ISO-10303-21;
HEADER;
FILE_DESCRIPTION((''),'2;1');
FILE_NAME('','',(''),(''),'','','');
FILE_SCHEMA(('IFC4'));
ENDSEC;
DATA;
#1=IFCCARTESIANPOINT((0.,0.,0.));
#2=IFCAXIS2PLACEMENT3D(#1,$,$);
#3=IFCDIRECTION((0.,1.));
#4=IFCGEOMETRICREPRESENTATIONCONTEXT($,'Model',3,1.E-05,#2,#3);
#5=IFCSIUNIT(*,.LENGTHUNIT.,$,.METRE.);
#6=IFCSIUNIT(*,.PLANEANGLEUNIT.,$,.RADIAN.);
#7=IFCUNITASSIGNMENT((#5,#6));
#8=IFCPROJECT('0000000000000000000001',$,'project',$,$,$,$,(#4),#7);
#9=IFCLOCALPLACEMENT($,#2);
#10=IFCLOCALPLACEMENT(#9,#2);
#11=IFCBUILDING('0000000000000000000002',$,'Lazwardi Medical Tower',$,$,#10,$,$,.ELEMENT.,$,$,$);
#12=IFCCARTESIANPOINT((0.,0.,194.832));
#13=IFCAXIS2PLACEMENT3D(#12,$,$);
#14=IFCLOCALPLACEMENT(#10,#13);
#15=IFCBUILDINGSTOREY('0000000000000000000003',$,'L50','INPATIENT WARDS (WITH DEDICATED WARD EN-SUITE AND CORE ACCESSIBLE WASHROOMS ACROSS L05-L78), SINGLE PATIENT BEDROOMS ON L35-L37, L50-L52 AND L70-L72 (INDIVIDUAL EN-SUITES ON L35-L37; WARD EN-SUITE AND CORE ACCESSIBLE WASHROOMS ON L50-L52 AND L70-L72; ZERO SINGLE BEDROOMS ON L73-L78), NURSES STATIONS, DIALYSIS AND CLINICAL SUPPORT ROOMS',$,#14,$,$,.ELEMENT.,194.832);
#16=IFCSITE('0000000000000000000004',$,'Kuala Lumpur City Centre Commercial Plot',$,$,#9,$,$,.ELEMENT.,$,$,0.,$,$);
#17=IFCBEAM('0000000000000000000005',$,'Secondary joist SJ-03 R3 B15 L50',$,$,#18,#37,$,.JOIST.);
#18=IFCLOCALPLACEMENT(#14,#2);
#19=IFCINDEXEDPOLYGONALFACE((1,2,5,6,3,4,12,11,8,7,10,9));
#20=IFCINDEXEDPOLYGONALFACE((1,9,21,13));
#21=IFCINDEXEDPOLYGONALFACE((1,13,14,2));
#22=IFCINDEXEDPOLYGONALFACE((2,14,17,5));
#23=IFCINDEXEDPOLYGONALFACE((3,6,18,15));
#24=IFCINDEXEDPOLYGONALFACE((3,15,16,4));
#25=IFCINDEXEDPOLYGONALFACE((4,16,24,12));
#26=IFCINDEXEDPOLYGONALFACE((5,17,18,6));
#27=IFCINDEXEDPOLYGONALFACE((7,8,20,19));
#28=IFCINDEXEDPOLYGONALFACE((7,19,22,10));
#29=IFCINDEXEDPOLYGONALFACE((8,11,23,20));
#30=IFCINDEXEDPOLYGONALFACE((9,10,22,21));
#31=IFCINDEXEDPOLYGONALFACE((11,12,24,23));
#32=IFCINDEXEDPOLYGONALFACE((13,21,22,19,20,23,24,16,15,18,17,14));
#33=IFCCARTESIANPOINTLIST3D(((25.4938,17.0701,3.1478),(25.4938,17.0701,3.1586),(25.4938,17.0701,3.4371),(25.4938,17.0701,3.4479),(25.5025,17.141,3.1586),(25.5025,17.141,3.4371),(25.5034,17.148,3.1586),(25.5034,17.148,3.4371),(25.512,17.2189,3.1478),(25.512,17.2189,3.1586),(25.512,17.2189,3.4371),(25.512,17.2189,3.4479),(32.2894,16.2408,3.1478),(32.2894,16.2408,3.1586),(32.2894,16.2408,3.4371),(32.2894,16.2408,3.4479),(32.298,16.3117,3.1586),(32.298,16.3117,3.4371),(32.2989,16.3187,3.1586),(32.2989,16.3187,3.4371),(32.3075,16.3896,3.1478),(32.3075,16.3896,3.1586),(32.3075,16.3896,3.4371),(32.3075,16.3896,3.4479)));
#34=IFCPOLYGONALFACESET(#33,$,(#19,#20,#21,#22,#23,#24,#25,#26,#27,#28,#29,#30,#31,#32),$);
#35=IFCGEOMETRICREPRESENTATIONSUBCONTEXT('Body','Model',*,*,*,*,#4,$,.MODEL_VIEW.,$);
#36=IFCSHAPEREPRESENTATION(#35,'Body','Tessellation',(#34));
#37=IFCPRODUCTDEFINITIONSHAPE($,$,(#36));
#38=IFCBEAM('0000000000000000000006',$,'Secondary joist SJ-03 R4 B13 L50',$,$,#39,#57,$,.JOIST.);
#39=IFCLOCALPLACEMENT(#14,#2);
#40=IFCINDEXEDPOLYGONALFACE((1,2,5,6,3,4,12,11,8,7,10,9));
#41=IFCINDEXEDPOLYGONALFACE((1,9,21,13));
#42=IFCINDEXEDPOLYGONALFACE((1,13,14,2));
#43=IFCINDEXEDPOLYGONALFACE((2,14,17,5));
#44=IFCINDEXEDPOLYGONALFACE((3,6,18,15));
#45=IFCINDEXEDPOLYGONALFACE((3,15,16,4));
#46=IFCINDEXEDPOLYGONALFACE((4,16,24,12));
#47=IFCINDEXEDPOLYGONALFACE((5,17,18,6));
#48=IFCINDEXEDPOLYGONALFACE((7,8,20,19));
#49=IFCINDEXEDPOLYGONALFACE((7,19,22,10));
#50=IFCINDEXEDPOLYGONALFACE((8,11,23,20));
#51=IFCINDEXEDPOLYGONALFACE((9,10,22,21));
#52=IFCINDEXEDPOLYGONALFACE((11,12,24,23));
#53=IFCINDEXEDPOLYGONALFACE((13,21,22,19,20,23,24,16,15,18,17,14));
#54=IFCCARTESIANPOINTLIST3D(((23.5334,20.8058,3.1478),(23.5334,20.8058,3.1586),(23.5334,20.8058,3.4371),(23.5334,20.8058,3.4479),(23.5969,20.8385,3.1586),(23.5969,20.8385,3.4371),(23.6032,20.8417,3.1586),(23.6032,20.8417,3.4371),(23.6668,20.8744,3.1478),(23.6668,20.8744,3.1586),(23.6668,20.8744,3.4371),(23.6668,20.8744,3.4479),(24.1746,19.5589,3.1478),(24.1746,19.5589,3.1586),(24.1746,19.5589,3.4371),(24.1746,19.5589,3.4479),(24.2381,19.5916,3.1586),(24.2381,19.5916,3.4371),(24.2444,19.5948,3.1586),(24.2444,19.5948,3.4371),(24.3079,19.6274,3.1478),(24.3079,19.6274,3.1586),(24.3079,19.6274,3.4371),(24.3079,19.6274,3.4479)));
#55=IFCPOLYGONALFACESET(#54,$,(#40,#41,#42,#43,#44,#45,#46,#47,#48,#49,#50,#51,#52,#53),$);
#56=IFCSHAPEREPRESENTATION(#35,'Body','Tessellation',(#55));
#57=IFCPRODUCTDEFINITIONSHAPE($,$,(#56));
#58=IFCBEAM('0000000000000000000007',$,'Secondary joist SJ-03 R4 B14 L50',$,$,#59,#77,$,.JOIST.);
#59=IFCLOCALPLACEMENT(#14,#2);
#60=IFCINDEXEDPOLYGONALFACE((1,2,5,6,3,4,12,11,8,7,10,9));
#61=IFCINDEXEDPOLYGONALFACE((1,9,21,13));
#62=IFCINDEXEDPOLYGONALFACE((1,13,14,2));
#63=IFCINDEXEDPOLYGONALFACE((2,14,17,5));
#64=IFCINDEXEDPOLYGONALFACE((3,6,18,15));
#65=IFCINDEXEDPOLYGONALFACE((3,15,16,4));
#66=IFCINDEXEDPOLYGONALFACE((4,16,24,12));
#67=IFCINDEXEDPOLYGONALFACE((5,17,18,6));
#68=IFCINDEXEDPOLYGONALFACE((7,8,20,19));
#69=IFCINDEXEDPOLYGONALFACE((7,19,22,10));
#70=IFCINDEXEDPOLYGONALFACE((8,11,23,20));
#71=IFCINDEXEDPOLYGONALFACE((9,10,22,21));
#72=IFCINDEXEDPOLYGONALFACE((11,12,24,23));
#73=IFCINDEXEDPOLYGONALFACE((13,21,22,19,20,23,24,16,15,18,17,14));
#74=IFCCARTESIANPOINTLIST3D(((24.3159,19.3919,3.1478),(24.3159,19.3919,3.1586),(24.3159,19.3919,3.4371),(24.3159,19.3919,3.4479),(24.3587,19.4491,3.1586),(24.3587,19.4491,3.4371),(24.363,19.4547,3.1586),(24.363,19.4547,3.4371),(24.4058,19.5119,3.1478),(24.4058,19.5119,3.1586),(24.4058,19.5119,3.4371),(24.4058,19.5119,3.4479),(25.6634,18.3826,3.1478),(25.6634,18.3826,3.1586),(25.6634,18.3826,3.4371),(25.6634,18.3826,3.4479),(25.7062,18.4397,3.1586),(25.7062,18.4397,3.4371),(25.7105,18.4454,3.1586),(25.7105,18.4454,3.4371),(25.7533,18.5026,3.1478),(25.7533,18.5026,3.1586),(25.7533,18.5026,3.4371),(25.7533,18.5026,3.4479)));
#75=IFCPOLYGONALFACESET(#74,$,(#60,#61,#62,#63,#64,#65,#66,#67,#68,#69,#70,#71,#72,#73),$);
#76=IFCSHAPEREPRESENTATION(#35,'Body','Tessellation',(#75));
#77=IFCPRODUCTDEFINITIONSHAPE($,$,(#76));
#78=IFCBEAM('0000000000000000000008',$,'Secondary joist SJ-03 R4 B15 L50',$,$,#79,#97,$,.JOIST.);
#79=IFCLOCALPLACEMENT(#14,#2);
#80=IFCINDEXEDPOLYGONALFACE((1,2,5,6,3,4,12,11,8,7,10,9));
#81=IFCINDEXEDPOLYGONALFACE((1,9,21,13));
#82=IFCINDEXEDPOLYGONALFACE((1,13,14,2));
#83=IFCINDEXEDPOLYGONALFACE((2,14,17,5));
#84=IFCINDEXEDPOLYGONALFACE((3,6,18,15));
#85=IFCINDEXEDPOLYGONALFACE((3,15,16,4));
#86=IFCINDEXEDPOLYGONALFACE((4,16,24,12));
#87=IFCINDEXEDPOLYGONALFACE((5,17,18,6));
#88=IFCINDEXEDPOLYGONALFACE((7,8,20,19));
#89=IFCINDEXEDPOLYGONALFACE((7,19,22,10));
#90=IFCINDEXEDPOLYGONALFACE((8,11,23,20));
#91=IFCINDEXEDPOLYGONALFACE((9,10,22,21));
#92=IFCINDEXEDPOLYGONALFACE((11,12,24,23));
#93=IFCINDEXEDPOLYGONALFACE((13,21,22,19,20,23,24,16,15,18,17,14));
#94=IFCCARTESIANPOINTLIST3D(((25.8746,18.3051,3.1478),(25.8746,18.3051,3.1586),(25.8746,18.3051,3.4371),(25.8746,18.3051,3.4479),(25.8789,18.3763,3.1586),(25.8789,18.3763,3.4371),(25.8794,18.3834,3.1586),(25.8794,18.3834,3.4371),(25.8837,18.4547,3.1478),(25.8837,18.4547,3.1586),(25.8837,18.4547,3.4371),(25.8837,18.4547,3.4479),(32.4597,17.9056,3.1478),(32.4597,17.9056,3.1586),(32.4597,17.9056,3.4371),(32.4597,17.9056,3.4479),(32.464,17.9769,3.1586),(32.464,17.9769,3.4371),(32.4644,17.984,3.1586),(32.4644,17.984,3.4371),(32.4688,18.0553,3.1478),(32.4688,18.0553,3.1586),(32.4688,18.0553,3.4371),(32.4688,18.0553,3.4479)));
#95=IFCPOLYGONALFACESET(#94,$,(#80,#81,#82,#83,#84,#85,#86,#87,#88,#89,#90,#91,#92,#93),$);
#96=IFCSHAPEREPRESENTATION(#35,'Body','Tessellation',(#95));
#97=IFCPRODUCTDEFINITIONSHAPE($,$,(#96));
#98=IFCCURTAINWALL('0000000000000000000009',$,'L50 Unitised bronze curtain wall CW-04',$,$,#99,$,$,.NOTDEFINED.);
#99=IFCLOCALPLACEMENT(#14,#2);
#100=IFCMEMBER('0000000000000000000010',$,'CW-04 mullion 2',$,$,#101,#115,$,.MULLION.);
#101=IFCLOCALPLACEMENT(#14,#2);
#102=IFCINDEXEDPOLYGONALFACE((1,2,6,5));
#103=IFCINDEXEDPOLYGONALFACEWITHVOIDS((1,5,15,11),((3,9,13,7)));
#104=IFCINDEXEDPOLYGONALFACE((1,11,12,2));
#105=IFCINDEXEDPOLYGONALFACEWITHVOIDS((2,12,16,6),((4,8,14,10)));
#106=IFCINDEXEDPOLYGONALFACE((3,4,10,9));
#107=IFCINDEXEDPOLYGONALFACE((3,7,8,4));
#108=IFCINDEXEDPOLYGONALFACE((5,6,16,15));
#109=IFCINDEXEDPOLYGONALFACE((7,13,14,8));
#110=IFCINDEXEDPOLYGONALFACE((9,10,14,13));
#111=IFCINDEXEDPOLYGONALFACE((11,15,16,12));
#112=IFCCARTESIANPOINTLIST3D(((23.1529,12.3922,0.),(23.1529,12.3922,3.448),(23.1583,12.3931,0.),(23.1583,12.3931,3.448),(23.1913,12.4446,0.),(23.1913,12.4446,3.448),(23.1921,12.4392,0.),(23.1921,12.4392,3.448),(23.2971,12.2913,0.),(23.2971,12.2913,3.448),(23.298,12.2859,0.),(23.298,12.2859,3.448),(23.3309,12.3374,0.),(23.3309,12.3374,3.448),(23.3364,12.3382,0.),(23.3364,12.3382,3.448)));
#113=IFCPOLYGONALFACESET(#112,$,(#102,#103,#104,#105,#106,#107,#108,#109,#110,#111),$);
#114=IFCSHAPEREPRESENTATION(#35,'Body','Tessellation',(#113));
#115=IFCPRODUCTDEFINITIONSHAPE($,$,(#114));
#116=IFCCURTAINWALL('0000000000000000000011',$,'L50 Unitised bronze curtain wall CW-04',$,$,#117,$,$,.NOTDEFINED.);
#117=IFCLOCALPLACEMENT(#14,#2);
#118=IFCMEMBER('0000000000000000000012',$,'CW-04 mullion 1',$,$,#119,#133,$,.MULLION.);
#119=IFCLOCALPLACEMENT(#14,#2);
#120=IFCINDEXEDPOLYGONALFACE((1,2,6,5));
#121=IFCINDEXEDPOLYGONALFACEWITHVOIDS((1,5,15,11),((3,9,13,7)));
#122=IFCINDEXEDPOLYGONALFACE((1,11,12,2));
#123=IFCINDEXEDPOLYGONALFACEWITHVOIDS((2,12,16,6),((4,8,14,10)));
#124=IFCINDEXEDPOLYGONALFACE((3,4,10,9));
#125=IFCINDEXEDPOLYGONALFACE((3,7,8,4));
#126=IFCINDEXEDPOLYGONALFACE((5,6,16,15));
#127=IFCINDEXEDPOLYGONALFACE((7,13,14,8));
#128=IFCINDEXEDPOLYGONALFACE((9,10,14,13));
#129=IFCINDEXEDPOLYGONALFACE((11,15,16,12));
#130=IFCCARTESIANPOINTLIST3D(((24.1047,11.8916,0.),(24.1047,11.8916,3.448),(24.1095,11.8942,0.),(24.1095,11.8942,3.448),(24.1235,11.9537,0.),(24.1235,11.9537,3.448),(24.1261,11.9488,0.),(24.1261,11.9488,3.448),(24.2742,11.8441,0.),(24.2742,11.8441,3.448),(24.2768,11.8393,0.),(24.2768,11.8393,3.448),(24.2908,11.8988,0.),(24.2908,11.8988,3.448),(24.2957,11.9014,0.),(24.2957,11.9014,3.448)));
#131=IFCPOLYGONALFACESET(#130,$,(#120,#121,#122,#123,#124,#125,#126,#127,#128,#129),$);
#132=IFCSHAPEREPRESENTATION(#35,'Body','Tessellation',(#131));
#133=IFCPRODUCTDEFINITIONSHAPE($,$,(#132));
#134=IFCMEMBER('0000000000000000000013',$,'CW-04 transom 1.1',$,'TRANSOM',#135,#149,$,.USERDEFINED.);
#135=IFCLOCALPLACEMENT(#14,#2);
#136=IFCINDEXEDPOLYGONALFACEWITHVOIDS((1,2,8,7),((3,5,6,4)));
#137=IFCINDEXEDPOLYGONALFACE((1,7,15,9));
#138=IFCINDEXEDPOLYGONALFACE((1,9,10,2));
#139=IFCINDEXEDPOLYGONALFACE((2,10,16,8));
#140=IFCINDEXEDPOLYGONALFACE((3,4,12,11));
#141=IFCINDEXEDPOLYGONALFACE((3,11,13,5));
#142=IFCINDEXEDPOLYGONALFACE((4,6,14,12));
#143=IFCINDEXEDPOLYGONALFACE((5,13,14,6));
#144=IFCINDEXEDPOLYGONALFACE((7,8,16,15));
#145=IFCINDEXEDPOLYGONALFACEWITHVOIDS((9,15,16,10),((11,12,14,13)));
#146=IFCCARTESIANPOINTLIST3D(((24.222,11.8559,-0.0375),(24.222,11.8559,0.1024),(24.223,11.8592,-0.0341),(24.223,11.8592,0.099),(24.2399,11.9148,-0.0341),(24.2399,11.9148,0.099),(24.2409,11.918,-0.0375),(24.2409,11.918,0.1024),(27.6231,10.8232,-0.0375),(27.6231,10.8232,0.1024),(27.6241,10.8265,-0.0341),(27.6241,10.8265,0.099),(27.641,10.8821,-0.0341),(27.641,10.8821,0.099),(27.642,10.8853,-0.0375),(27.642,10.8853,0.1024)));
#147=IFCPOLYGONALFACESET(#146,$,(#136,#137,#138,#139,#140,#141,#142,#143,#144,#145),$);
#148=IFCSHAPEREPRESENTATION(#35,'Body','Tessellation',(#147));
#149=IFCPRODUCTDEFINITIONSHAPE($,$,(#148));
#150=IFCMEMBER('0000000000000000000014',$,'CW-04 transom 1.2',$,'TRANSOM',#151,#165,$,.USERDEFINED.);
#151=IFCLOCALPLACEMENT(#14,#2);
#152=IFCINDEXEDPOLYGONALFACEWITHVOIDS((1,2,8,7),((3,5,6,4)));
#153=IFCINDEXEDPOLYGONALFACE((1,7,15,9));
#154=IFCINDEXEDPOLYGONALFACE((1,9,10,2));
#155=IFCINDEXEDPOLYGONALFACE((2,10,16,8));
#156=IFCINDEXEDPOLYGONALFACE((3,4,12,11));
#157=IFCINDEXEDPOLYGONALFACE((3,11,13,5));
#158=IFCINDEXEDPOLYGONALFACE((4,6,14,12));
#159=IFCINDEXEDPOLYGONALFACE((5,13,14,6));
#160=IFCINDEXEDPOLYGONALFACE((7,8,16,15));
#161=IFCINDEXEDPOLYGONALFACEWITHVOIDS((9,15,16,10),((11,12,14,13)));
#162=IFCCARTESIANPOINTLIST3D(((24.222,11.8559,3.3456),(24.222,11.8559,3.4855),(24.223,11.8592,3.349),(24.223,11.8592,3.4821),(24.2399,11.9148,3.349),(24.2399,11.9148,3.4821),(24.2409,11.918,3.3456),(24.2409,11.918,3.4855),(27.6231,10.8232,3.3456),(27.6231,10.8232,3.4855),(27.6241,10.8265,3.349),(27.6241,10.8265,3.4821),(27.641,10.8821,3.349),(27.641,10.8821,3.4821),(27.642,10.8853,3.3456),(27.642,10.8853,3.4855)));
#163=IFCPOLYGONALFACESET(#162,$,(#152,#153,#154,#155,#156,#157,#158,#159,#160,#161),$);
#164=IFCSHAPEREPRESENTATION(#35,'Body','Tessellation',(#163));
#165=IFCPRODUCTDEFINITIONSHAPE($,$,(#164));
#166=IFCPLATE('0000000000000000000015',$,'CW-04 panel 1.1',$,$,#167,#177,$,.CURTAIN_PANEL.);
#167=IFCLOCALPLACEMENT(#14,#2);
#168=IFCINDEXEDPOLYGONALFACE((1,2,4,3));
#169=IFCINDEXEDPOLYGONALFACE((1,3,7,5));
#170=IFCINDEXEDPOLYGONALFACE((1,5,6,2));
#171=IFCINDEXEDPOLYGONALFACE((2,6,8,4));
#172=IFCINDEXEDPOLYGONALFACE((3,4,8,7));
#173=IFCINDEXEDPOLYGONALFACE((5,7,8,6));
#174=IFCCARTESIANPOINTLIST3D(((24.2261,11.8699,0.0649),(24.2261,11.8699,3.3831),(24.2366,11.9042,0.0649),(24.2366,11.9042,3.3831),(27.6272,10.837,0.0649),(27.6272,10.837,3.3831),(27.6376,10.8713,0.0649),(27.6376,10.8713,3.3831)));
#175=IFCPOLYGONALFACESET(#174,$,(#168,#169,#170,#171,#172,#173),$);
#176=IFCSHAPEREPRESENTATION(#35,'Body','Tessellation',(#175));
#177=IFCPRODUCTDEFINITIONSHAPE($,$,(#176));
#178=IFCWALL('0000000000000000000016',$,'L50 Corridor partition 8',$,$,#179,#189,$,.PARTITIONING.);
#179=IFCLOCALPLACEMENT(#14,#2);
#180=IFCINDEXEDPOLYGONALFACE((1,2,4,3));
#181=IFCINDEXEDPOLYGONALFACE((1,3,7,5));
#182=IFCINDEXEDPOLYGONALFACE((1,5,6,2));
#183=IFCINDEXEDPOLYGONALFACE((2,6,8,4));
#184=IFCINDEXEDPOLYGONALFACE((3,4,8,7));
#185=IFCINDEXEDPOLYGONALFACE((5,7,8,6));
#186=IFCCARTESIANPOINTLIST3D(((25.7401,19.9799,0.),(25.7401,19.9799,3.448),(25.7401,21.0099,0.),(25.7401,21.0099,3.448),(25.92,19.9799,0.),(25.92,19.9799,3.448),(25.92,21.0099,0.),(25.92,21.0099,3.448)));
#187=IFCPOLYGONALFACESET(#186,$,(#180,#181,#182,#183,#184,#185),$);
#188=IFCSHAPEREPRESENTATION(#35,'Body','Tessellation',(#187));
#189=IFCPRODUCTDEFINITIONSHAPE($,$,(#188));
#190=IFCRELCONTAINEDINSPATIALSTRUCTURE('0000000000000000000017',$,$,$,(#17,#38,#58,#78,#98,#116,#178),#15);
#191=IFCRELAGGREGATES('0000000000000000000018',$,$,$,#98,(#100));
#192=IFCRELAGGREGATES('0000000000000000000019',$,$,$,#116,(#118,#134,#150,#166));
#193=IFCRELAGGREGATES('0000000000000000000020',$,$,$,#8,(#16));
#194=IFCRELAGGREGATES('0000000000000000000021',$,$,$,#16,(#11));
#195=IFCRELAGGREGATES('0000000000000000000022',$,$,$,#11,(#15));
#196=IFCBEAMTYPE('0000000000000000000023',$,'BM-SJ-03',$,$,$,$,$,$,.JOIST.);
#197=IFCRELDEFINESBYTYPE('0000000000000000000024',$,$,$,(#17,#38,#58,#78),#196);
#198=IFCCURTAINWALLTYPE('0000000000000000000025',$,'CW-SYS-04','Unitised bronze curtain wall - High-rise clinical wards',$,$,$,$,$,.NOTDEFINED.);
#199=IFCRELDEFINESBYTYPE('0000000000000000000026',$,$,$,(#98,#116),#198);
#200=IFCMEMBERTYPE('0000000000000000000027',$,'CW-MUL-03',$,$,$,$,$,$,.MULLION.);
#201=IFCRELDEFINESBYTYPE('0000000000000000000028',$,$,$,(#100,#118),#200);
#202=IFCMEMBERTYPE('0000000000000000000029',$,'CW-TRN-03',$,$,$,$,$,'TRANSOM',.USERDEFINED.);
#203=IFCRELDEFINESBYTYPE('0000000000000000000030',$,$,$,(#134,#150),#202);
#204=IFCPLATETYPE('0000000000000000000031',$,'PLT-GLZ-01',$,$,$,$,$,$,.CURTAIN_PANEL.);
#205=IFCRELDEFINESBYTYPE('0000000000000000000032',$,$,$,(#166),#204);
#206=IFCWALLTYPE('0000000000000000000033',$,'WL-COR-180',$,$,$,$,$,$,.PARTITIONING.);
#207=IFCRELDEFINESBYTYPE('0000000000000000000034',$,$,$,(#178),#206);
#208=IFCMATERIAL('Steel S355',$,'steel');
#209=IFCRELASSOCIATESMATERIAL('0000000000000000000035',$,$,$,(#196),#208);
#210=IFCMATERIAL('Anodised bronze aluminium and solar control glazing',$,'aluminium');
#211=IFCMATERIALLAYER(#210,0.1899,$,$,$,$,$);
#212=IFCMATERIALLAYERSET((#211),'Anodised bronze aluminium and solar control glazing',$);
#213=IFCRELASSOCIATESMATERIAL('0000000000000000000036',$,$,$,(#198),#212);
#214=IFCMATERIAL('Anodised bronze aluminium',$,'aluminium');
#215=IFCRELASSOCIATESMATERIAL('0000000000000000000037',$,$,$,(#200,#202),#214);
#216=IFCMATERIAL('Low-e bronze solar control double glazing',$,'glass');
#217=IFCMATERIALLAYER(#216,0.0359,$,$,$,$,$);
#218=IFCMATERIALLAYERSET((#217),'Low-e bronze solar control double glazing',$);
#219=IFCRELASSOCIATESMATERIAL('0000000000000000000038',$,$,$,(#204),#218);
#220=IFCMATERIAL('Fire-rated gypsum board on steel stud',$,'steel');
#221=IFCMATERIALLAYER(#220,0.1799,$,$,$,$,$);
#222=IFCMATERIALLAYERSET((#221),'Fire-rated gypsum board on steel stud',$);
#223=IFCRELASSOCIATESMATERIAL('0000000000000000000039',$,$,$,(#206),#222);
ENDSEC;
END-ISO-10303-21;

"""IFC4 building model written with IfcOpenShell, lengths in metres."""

from ifc_helpers import new_model, si_unit, direction, frame, frame_2d, origin, origin_2d, place, context, subcontext, project, spatial, rectangle, hollow_rectangle, i_section, extrude, material, layer, layer_set, material_profile, profile_set, type_object, element, aggregate, save


model = new_model("IFC4")

# Units and contexts
model_context = context("Model", 3, precision=1e-05, world=origin(), true_north=direction((0.0, 1.0)))
body_context = subcontext(model_context, "Body", "Model", "MODEL_VIEW")
ifc_project = project(units=[si_unit("LENGTHUNIT", "METRE"), si_unit("PLANEANGLEUNIT", "RADIAN")], contexts=[model_context])

# Site, building, storey
site_placement = place(None, origin())
site = spatial("IfcSite", under=ifc_project, at=site_placement, Name="Kuala Lumpur City Centre Commercial Plot", CompositionType="ELEMENT", RefElevation=0.0)
building_placement = place(site_placement, origin())
building = spatial("IfcBuilding", under=site, at=building_placement, Name="Lazwardi Medical Tower", CompositionType="ELEMENT")
storey_placement = place(building_placement, frame((0.0, 0.0, 194.832)))
storey = spatial("IfcBuildingStorey", under=building, at=storey_placement, Name="L50", Description="INPATIENT WARDS (WITH DEDICATED WARD EN-SUITE AND CORE ACCESSIBLE WASHROOMS ACROSS L05-L78), SINGLE PATIENT BEDROOMS ON L35-L37, L50-L52 AND L70-L72 (INDIVIDUAL EN-SUITES ON L35-L37; WARD EN-SUITE AND CORE ACCESSIBLE WASHROOMS ON L50-L52 AND L70-L72; ZERO SINGLE BEDROOMS ON L73-L78), NURSES STATIONS, DIALYSIS AND CLINICAL SUPPORT ROOMS", CompositionType="ELEMENT", Elevation=194.832)

# Beams
ifc_material_1 = material(Name="Steel S355", Category="steel")
ifc_material_profile_1 = material_profile(ifc_material_1, i_section(OverallWidth=0.1499, OverallDepth=0.3, WebThickness=0.0071, FlangeThickness=0.0107, at=origin_2d()), Name="IPE 300")
ifc_profile_set_1 = profile_set([ifc_material_profile_1], Name="Steel S355")
beam_type_1 = type_object("IfcBeamType", Name="BM-SJ-03", PredefinedType="JOIST", material=ifc_profile_set_1)
beam_1_placement = place(storey_placement, frame((25.5029, 17.1445, 3.2979), z_axis=(0.992635, -0.121146, 0.0), x_axis=(0.121146, 0.992635, 0.0)))
element("IfcBeam", 1, at=beam_1_placement, inside=storey, type_object=beam_type_1, Name="Secondary joist SJ-03 R3 B15 L50", PredefinedType="JOIST", context=body_context, shape_type="SweptSolid", body=[
    extrude(i_section(OverallWidth=0.1499, OverallDepth=0.3, WebThickness=0.0071, FlangeThickness=0.0107, at=origin_2d()), origin(), (0.0, 0.0, 1.0), 6.8459),
])
beam_2_placement = place(storey_placement, frame((23.6001, 20.8401, 3.2979), z_axis=(0.457285, -0.88932, 0.0), x_axis=(0.88932, 0.457285, 0.0)))
element("IfcBeam", 2, at=beam_2_placement, inside=storey, type_object=beam_type_1, Name="Secondary joist SJ-03 R4 B13 L50", PredefinedType="JOIST", context=body_context, shape_type="SweptSolid", body=[
    extrude(i_section(OverallWidth=0.1499, OverallDepth=0.3, WebThickness=0.0071, FlangeThickness=0.0107, at=origin_2d()), origin(), (0.0, 0.0, 1.0), 1.4021),
])
beam_3_placement = place(storey_placement, frame((24.3608, 19.4519, 3.2979), z_axis=(0.800365, -0.599513, 0.0), x_axis=(0.599513, 0.800365, 0.0)))
element("IfcBeam", 3, at=beam_3_placement, inside=storey, type_object=beam_type_1, Name="Secondary joist SJ-03 R4 B14 L50", PredefinedType="JOIST", context=body_context, shape_type="SweptSolid", body=[
    extrude(i_section(OverallWidth=0.1499, OverallDepth=0.3, WebThickness=0.0071, FlangeThickness=0.0107, at=origin_2d()), origin(), (0.0, 0.0, 1.0), 1.6836),
])
beam_4_placement = place(storey_placement, frame((25.8792, 18.3799, 3.2979), z_axis=(0.998166, -0.060544, 0.0), x_axis=(0.060544, 0.998166, 0.0)))
element("IfcBeam", 4, at=beam_4_placement, inside=storey, type_object=beam_type_1, Name="Secondary joist SJ-03 R4 B15 L50", PredefinedType="JOIST", context=body_context, shape_type="SweptSolid", body=[
    extrude(i_section(OverallWidth=0.1499, OverallDepth=0.3, WebThickness=0.0071, FlangeThickness=0.0107, at=origin_2d()), origin(), (0.0, 0.0, 1.0), 6.5972),
])

# Curtain wall, member
ifc_material_2 = material(Name="Anodised bronze aluminium and solar control glazing", Category="aluminium")
ifc_layer_1 = layer(ifc_material_2, 0.1899)
ifc_layer_set_1 = layer_set([ifc_layer_1], Name="Anodised bronze aluminium and solar control glazing")
curtain_wall_type = type_object("IfcCurtainWallType", Name="CW-SYS-04", Description="Unitised bronze curtain wall - High-rise clinical wards", PredefinedType="NOTDEFINED", material=ifc_layer_set_1)
curtain_wall_1_placement = place(storey_placement, origin())
curtain_wall_1 = element("IfcCurtainWall", 5, at=curtain_wall_1_placement, inside=storey, type_object=curtain_wall_type, Name="L50 Unitised bronze curtain wall CW-04", PredefinedType="NOTDEFINED")
ifc_material_3 = material(Name="Anodised bronze aluminium", Category="aluminium")
ifc_material_profile_2 = material_profile(ifc_material_3, hollow_rectangle(XDim=0.0649, YDim=0.1799, WallThickness=0.0039, at=origin_2d()), Name="ALU-MULLION 180x65x4")
ifc_profile_set_2 = profile_set([ifc_material_profile_2], Name="Anodised bronze aluminium")
member_type_1 = type_object("IfcMemberType", Name="CW-MUL-03", PredefinedType="MULLION", material=ifc_profile_set_2)
member_1_placement = place(storey_placement, frame((23.2446, 12.3652, 0.0), z_axis=(0.0, 0.0, 1.0), x_axis=(0.591268, 0.806475, 0.0)))
member_1 = element("IfcMember", 6, at=member_1_placement, type_object=member_type_1, Name="CW-04 mullion 2", PredefinedType="MULLION", context=body_context, shape_type="SweptSolid", body=[
    extrude(hollow_rectangle(XDim=0.0649, YDim=0.1799, WallThickness=0.0039, at=origin_2d()), origin(), (0.0, 0.0, 1.0), 3.448),
])
aggregate(curtain_wall_1, [member_1])

# Curtain wall, members, plate
curtain_wall_2_placement = place(storey_placement, origin())
curtain_wall_2 = element("IfcCurtainWall", 7, at=curtain_wall_2_placement, inside=storey, type_object=curtain_wall_type, Name="L50 Unitised bronze curtain wall CW-04", PredefinedType="NOTDEFINED")
member_2_placement = place(storey_placement, frame((24.2002, 11.8965, 0.0), z_axis=(0.0, 0.0, 1.0), x_axis=(0.290582, 0.95685, 0.0)))
member_2 = element("IfcMember", 8, at=member_2_placement, type_object=member_type_1, Name="CW-04 mullion 1", PredefinedType="MULLION", context=body_context, shape_type="SweptSolid", body=[
    extrude(hollow_rectangle(XDim=0.0649, YDim=0.1799, WallThickness=0.0039, at=origin_2d()), origin(), (0.0, 0.0, 1.0), 3.448),
])
ifc_material_profile_3 = material_profile(ifc_material_3, hollow_rectangle(XDim=0.0649, YDim=0.1399, WallThickness=0.0034, at=origin_2d()), Name="ALU-TRANSOM 140x65x3.5")
ifc_profile_set_3 = profile_set([ifc_material_profile_3], Name="Anodised bronze aluminium")
member_type_2 = type_object("IfcMemberType", Name="CW-TRN-03", ElementType="TRANSOM", PredefinedType="USERDEFINED", material=ifc_profile_set_3)
member_3_placement = place(storey_placement, frame((24.2314, 11.887, 0.0325), z_axis=(0.956863, -0.290541, 0.0), x_axis=(0.290541, 0.956863, 0.0)))
member_3 = element("IfcMember", 9, at=member_3_placement, type_object=member_type_2, Name="CW-04 transom 1.1", ObjectType="TRANSOM", PredefinedType="USERDEFINED", context=body_context, shape_type="SweptSolid", body=[
    extrude(hollow_rectangle(XDim=0.0649, YDim=0.1399, WallThickness=0.0034, at=origin_2d()), origin(), (0.0, 0.0, 1.0), 3.5544),
])
member_4_placement = place(storey_placement, frame((24.2314, 11.887, 3.4155), z_axis=(0.956863, -0.290541, 0.0), x_axis=(0.290541, 0.956863, 0.0)))
member_4 = element("IfcMember", 10, at=member_4_placement, type_object=member_type_2, Name="CW-04 transom 1.2", ObjectType="TRANSOM", PredefinedType="USERDEFINED", context=body_context, shape_type="SweptSolid", body=[
    extrude(hollow_rectangle(XDim=0.0649, YDim=0.1399, WallThickness=0.0034, at=origin_2d()), origin(), (0.0, 0.0, 1.0), 3.5544),
])
ifc_material_4 = material(Name="Low-e bronze solar control double glazing", Category="glass")
ifc_layer_2 = layer(ifc_material_4, 0.0359)
ifc_layer_set_2 = layer_set([ifc_layer_2], Name="Low-e bronze solar control double glazing")
plate_type = type_object("IfcPlateType", Name="PLT-GLZ-01", PredefinedType="CURTAIN_PANEL", material=ifc_layer_set_2)
plate_placement = place(storey_placement, frame((25.9319, 11.3706, 0.0649), z_axis=(0.0, 0.0, 1.0), x_axis=(0.95685, -0.290582, 0.0)))
plate = element("IfcPlate", 11, at=plate_placement, type_object=plate_type, Name="CW-04 panel 1.1", PredefinedType="CURTAIN_PANEL", context=body_context, shape_type="SweptSolid", body=[
    extrude(rectangle(XDim=3.5544, YDim=0.0359, at=origin_2d()), origin(), (0.0, 0.0, 1.0), 3.3181),
])
aggregate(curtain_wall_2, [member_2, member_3, member_4, plate])

# Wall
ifc_material_5 = material(Name="Fire-rated gypsum board on steel stud", Category="steel")
ifc_layer_3 = layer(ifc_material_5, 0.1799)
ifc_layer_set_3 = layer_set([ifc_layer_3], Name="Fire-rated gypsum board on steel stud")
wall_type = type_object("IfcWallType", Name="WL-COR-180", PredefinedType="PARTITIONING", material=ifc_layer_set_3)
wall_1_placement = place(storey_placement, frame((25.8301, 21.01, 0.0), z_axis=(0.0, 0.0, 1.0), x_axis=(0.0, -1.0, 0.0)))
element("IfcWall", 12, at=wall_1_placement, inside=storey, type_object=wall_type, Name="L50 Corridor partition 8", PredefinedType="PARTITIONING", context=body_context, shape_type="SweptSolid", body=[
    extrude(rectangle(XDim=1.03, YDim=0.1799, at=frame_2d((0.5151, 0.0))), origin(), (0.0, 0.0, 1.0), 3.448),
])

save(model, "model.ifc")
